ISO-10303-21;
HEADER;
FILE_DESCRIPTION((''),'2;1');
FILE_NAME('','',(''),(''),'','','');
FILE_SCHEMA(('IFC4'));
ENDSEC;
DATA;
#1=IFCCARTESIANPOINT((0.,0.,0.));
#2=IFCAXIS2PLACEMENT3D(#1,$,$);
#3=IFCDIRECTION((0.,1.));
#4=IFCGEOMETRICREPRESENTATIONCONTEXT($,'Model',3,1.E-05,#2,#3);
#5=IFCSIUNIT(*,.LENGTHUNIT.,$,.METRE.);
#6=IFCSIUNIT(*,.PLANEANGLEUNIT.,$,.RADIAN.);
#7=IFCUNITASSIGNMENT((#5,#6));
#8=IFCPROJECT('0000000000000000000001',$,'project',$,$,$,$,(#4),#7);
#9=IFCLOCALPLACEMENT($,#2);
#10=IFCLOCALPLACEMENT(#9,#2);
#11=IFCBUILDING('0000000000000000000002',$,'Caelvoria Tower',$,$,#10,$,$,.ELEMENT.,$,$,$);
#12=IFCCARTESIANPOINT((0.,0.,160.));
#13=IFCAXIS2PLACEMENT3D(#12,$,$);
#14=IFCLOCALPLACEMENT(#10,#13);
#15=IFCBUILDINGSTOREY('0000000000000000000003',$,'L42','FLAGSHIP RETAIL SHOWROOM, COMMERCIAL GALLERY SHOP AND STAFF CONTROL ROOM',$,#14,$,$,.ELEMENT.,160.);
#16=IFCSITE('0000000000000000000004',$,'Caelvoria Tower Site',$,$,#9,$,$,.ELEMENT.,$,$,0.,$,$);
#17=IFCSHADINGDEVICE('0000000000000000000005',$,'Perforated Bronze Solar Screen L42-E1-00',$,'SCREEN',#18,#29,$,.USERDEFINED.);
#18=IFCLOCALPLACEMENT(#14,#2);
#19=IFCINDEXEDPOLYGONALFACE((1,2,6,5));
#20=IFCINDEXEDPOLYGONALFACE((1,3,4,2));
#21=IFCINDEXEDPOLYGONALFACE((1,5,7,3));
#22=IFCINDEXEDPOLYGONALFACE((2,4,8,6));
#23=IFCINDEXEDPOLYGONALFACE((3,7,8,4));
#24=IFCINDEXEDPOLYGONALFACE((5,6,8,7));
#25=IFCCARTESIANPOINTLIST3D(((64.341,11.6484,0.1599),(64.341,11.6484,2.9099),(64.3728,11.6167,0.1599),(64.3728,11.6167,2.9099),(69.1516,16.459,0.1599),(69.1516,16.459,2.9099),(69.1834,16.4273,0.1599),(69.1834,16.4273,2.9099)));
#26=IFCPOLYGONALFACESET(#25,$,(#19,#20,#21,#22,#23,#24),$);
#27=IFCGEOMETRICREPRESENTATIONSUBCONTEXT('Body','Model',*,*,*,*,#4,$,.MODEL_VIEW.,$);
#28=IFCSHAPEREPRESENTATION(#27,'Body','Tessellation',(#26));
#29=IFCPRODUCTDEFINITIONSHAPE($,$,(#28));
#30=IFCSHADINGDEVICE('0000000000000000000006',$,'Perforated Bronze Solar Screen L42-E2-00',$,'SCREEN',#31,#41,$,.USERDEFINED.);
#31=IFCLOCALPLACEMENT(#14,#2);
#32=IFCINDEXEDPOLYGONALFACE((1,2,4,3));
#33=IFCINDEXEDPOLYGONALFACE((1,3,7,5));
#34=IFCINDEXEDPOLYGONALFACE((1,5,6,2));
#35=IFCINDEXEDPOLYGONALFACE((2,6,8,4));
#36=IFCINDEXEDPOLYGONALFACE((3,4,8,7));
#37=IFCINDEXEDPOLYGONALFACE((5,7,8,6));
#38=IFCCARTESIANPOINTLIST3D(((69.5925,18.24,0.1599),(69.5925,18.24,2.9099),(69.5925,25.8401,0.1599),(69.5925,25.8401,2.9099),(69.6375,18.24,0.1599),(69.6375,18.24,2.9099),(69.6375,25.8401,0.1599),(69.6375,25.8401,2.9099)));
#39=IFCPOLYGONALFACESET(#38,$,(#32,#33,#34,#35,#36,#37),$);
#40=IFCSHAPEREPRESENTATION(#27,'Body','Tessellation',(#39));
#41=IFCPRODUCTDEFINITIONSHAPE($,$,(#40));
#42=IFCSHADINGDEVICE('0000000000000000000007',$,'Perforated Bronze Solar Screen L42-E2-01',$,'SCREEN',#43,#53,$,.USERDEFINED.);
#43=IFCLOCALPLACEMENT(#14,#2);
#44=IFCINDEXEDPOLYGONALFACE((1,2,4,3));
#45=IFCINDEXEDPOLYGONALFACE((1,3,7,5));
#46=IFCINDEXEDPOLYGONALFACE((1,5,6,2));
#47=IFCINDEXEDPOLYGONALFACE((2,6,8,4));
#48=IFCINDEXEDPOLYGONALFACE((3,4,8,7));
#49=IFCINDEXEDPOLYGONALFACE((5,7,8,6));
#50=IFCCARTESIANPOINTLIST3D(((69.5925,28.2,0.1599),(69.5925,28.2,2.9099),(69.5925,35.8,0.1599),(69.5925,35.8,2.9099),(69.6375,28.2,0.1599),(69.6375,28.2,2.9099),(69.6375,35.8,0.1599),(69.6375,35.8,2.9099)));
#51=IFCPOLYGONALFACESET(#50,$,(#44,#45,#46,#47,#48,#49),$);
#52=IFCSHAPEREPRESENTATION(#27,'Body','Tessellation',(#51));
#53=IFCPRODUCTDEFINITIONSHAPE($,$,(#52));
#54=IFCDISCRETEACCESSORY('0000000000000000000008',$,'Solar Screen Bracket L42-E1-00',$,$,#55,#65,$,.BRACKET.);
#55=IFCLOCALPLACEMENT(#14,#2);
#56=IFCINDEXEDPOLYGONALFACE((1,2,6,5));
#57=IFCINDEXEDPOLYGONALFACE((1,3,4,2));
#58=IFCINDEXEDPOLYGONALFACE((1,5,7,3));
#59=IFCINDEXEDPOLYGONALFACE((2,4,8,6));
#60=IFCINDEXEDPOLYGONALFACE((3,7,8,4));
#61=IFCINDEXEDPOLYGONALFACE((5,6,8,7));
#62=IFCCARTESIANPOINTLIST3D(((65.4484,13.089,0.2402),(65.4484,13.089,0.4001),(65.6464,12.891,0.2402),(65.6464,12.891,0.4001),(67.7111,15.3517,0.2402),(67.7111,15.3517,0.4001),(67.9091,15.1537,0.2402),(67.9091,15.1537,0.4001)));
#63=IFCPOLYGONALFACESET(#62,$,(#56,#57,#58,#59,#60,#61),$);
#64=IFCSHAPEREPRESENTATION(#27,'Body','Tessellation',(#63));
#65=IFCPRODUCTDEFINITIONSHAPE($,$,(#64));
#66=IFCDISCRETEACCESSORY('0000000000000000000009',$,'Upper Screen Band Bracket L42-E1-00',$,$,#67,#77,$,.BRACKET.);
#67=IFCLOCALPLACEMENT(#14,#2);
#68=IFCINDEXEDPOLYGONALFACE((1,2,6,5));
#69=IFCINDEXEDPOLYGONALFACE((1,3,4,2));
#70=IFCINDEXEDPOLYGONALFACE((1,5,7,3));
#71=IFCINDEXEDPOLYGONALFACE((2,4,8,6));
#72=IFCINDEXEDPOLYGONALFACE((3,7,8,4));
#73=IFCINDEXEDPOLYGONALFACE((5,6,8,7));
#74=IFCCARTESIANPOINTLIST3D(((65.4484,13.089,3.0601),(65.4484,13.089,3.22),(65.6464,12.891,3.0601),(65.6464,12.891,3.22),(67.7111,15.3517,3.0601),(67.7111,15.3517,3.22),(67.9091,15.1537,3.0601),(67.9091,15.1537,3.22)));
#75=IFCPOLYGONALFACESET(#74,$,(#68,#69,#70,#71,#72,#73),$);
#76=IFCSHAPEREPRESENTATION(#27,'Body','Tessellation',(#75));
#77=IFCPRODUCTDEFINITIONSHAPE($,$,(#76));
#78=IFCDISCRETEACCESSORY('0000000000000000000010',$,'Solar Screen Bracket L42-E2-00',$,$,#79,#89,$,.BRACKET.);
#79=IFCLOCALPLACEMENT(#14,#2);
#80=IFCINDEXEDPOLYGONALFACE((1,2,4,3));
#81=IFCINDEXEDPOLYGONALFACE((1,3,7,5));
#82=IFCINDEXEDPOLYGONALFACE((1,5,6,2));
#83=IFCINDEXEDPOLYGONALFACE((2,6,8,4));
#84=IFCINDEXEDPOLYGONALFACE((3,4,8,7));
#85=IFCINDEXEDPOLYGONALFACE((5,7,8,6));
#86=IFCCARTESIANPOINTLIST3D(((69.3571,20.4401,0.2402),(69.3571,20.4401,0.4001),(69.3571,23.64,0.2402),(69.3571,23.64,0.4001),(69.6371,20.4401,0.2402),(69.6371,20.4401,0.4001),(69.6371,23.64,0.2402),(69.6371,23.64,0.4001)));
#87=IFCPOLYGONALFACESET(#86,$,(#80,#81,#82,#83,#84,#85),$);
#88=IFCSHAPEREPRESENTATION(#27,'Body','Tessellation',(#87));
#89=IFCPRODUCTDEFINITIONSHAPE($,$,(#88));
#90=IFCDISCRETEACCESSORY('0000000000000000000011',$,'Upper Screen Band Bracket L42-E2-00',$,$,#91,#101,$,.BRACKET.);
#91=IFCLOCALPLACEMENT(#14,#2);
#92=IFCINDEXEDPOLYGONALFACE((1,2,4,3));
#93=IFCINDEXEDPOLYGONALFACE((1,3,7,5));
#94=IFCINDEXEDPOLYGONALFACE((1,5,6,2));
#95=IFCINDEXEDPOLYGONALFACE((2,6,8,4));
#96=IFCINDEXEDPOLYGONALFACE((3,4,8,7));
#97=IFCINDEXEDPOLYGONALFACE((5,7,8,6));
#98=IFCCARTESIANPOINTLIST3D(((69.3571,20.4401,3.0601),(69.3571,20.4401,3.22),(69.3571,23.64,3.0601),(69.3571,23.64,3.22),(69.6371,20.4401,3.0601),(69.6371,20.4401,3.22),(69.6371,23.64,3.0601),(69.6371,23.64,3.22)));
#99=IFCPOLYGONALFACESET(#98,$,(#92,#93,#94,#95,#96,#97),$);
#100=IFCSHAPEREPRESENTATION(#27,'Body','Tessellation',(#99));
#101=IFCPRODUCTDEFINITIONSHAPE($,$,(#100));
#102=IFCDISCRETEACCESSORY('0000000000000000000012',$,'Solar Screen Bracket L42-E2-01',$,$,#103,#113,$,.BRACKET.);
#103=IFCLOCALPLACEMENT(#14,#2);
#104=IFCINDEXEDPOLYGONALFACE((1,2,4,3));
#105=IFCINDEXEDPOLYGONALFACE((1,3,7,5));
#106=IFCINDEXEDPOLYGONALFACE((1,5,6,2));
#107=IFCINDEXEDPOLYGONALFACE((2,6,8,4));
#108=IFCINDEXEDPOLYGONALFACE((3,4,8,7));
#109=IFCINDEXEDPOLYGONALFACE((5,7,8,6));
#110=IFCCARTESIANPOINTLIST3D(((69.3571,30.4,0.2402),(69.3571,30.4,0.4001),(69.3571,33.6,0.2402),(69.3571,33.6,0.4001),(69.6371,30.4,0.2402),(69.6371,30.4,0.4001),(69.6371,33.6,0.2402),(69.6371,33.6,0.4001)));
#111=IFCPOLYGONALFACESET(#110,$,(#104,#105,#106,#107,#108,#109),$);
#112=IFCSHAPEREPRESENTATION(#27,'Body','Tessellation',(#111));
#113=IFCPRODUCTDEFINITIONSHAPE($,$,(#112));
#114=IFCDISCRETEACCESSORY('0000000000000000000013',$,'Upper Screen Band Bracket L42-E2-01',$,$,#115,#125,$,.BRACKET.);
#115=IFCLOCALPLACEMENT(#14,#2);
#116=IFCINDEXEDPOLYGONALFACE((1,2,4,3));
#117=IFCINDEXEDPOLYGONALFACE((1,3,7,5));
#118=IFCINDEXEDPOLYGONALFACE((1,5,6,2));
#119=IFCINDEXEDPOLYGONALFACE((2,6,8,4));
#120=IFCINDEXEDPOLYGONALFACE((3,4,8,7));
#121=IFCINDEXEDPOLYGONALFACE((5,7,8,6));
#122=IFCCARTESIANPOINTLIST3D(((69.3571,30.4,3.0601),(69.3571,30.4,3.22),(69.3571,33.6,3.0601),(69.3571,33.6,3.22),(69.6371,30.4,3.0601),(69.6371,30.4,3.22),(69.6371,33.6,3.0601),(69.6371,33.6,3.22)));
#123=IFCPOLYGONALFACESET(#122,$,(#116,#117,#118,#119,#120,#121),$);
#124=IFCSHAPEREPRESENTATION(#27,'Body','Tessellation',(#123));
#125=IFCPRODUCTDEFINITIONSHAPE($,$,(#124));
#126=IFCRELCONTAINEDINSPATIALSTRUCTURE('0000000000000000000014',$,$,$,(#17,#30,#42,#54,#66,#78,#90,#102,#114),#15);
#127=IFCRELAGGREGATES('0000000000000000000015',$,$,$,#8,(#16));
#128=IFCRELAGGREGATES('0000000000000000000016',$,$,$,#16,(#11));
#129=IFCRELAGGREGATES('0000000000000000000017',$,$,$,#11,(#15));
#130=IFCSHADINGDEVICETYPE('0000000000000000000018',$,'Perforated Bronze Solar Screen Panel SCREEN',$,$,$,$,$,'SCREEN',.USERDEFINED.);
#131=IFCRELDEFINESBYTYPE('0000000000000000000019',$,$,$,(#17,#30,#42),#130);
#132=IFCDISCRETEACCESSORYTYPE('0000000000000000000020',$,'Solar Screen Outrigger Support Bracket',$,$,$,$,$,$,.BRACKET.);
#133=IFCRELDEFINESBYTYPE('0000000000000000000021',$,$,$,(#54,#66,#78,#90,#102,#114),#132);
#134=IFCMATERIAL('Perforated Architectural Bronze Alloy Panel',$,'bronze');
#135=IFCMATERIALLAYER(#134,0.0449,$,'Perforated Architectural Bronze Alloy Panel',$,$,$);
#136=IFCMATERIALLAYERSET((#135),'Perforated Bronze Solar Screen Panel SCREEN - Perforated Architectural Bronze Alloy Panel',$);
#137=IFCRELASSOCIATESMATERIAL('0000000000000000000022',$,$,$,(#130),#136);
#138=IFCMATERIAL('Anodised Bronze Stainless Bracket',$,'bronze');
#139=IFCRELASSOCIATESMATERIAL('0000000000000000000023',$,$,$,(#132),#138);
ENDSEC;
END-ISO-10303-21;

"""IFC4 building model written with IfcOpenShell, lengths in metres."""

from ifc_helpers import new_model, si_unit, direction, frame, origin, origin_2d, place, context, subcontext, project, spatial, rectangle, extrude, material, layer, layer_set, type_object, element, save


model = new_model("IFC4")

# Units and contexts
model_context = context("Model", 3, precision=1e-05, world=origin(), true_north=direction((0.0, 1.0)))
body_context = subcontext(model_context, "Body", "Model", "MODEL_VIEW")
ifc_project = project(units=[si_unit("LENGTHUNIT", "METRE"), si_unit("PLANEANGLEUNIT", "RADIAN")], contexts=[model_context])

# Site, building, storey
site_placement = place(None, origin())
site = spatial("IfcSite", under=ifc_project, at=site_placement, Name="Caelvoria Tower Site", CompositionType="ELEMENT", RefElevation=0.0)
building_placement = place(site_placement, origin())
building = spatial("IfcBuilding", under=site, at=building_placement, Name="Caelvoria Tower", CompositionType="ELEMENT")
storey_placement = place(building_placement, frame((0.0, 0.0, 160.0)))
storey = spatial("IfcBuildingStorey", under=building, at=storey_placement, Name="L42", Description="FLAGSHIP RETAIL SHOWROOM, COMMERCIAL GALLERY SHOP AND STAFF CONTROL ROOM", CompositionType="ELEMENT", Elevation=160.0)

# Shading devices
ifc_material_1 = material(Name="Perforated Architectural Bronze Alloy Panel", Category="bronze")
ifc_layer_1 = layer(ifc_material_1, 0.0449, Name="Perforated Architectural Bronze Alloy Panel")
ifc_layer_set_1 = layer_set([ifc_layer_1], Name="Perforated Bronze Solar Screen Panel SCREEN - Perforated Architectural Bronze Alloy Panel")
shading_device_type = type_object("IfcShadingDeviceType", Name="Perforated Bronze Solar Screen Panel SCREEN", ElementType="SCREEN", PredefinedType="USERDEFINED", material=ifc_layer_set_1)
shading_device_placement = place(storey_placement, frame((66.7622, 14.0378, 0.1599), z_axis=(0.0, 0.0, 1.0), x_axis=(0.707107, 0.707107, 0.0)))
element("IfcShadingDevice", 1, at=shading_device_placement, inside=storey, type_object=shading_device_type, Name="Perforated Bronze Solar Screen L42-E1-00", ObjectType="SCREEN", PredefinedType="USERDEFINED", context=body_context, shape_type="SweptSolid", body=[
    extrude(rectangle(XDim=6.8032, YDim=0.0449, at=origin_2d()), origin(), (0.0, 0.0, 1.0), 2.75),
])
for number, where, z_axis, x_axis, name in (
    (2, (69.615, 22.04, 0.1599), (0.0, 0.0, 1.0), (0.0, 1.0, 0.0), "Perforated Bronze Solar Screen L42-E2-00"),
    (3, (69.615, 32.0, 0.1599), (0.0, 0.0, 1.0), (0.0, 1.0, 0.0), "Perforated Bronze Solar Screen L42-E2-01"),
):
    element("IfcShadingDevice", number, at=place(storey_placement, frame(where, z_axis=z_axis, x_axis=x_axis)), inside=storey, type_object=shading_device_type, Name=name, ObjectType="SCREEN", PredefinedType="USERDEFINED", context=body_context, shape_type="SweptSolid", body=[
        extrude(rectangle(XDim=7.6001, YDim=0.0449, at=origin_2d()), origin(), (0.0, 0.0, 1.0), 2.75),
    ])

# Discrete accessories
ifc_material_2 = material(Name="Anodised Bronze Stainless Bracket", Category="bronze")
discrete_accessory_type = type_object("IfcDiscreteAccessoryType", Name="Solar Screen Outrigger Support Bracket", PredefinedType="BRACKET", material=ifc_material_2)
for number, where, z_axis, x_axis, name in (
    (4, (66.6787, 14.1213, 0.2402), (0.0, 0.0, 1.0), (0.707107, 0.707107, 0.0), "Solar Screen Bracket L42-E1-00"),
    (5, (66.6787, 14.1213, 3.0601), (0.0, 0.0, 1.0), (0.707107, 0.707107, 0.0), "Upper Screen Band Bracket L42-E1-00"),
    (6, (69.4971, 22.04, 0.2402), (0.0, 0.0, 1.0), (0.0, 1.0, 0.0), "Solar Screen Bracket L42-E2-00"),
    (7, (69.4971, 22.04, 3.0601), (0.0, 0.0, 1.0), (0.0, 1.0, 0.0), "Upper Screen Band Bracket L42-E2-00"),
    (8, (69.4971, 32.0, 0.2402), (0.0, 0.0, 1.0), (0.0, 1.0, 0.0), "Solar Screen Bracket L42-E2-01"),
    (9, (69.4971, 32.0, 3.0601), (0.0, 0.0, 1.0), (0.0, 1.0, 0.0), "Upper Screen Band Bracket L42-E2-01"),
):
    element("IfcDiscreteAccessory", number, at=place(storey_placement, frame(where, z_axis=z_axis, x_axis=x_axis)), inside=storey, type_object=discrete_accessory_type, Name=name, PredefinedType="BRACKET", context=body_context, shape_type="SweptSolid", body=[
        extrude(rectangle(XDim=3.2, YDim=0.28, at=origin_2d()), origin(), (0.0, 0.0, 1.0), 0.1599),
    ])

save(model, "model.ifc")
